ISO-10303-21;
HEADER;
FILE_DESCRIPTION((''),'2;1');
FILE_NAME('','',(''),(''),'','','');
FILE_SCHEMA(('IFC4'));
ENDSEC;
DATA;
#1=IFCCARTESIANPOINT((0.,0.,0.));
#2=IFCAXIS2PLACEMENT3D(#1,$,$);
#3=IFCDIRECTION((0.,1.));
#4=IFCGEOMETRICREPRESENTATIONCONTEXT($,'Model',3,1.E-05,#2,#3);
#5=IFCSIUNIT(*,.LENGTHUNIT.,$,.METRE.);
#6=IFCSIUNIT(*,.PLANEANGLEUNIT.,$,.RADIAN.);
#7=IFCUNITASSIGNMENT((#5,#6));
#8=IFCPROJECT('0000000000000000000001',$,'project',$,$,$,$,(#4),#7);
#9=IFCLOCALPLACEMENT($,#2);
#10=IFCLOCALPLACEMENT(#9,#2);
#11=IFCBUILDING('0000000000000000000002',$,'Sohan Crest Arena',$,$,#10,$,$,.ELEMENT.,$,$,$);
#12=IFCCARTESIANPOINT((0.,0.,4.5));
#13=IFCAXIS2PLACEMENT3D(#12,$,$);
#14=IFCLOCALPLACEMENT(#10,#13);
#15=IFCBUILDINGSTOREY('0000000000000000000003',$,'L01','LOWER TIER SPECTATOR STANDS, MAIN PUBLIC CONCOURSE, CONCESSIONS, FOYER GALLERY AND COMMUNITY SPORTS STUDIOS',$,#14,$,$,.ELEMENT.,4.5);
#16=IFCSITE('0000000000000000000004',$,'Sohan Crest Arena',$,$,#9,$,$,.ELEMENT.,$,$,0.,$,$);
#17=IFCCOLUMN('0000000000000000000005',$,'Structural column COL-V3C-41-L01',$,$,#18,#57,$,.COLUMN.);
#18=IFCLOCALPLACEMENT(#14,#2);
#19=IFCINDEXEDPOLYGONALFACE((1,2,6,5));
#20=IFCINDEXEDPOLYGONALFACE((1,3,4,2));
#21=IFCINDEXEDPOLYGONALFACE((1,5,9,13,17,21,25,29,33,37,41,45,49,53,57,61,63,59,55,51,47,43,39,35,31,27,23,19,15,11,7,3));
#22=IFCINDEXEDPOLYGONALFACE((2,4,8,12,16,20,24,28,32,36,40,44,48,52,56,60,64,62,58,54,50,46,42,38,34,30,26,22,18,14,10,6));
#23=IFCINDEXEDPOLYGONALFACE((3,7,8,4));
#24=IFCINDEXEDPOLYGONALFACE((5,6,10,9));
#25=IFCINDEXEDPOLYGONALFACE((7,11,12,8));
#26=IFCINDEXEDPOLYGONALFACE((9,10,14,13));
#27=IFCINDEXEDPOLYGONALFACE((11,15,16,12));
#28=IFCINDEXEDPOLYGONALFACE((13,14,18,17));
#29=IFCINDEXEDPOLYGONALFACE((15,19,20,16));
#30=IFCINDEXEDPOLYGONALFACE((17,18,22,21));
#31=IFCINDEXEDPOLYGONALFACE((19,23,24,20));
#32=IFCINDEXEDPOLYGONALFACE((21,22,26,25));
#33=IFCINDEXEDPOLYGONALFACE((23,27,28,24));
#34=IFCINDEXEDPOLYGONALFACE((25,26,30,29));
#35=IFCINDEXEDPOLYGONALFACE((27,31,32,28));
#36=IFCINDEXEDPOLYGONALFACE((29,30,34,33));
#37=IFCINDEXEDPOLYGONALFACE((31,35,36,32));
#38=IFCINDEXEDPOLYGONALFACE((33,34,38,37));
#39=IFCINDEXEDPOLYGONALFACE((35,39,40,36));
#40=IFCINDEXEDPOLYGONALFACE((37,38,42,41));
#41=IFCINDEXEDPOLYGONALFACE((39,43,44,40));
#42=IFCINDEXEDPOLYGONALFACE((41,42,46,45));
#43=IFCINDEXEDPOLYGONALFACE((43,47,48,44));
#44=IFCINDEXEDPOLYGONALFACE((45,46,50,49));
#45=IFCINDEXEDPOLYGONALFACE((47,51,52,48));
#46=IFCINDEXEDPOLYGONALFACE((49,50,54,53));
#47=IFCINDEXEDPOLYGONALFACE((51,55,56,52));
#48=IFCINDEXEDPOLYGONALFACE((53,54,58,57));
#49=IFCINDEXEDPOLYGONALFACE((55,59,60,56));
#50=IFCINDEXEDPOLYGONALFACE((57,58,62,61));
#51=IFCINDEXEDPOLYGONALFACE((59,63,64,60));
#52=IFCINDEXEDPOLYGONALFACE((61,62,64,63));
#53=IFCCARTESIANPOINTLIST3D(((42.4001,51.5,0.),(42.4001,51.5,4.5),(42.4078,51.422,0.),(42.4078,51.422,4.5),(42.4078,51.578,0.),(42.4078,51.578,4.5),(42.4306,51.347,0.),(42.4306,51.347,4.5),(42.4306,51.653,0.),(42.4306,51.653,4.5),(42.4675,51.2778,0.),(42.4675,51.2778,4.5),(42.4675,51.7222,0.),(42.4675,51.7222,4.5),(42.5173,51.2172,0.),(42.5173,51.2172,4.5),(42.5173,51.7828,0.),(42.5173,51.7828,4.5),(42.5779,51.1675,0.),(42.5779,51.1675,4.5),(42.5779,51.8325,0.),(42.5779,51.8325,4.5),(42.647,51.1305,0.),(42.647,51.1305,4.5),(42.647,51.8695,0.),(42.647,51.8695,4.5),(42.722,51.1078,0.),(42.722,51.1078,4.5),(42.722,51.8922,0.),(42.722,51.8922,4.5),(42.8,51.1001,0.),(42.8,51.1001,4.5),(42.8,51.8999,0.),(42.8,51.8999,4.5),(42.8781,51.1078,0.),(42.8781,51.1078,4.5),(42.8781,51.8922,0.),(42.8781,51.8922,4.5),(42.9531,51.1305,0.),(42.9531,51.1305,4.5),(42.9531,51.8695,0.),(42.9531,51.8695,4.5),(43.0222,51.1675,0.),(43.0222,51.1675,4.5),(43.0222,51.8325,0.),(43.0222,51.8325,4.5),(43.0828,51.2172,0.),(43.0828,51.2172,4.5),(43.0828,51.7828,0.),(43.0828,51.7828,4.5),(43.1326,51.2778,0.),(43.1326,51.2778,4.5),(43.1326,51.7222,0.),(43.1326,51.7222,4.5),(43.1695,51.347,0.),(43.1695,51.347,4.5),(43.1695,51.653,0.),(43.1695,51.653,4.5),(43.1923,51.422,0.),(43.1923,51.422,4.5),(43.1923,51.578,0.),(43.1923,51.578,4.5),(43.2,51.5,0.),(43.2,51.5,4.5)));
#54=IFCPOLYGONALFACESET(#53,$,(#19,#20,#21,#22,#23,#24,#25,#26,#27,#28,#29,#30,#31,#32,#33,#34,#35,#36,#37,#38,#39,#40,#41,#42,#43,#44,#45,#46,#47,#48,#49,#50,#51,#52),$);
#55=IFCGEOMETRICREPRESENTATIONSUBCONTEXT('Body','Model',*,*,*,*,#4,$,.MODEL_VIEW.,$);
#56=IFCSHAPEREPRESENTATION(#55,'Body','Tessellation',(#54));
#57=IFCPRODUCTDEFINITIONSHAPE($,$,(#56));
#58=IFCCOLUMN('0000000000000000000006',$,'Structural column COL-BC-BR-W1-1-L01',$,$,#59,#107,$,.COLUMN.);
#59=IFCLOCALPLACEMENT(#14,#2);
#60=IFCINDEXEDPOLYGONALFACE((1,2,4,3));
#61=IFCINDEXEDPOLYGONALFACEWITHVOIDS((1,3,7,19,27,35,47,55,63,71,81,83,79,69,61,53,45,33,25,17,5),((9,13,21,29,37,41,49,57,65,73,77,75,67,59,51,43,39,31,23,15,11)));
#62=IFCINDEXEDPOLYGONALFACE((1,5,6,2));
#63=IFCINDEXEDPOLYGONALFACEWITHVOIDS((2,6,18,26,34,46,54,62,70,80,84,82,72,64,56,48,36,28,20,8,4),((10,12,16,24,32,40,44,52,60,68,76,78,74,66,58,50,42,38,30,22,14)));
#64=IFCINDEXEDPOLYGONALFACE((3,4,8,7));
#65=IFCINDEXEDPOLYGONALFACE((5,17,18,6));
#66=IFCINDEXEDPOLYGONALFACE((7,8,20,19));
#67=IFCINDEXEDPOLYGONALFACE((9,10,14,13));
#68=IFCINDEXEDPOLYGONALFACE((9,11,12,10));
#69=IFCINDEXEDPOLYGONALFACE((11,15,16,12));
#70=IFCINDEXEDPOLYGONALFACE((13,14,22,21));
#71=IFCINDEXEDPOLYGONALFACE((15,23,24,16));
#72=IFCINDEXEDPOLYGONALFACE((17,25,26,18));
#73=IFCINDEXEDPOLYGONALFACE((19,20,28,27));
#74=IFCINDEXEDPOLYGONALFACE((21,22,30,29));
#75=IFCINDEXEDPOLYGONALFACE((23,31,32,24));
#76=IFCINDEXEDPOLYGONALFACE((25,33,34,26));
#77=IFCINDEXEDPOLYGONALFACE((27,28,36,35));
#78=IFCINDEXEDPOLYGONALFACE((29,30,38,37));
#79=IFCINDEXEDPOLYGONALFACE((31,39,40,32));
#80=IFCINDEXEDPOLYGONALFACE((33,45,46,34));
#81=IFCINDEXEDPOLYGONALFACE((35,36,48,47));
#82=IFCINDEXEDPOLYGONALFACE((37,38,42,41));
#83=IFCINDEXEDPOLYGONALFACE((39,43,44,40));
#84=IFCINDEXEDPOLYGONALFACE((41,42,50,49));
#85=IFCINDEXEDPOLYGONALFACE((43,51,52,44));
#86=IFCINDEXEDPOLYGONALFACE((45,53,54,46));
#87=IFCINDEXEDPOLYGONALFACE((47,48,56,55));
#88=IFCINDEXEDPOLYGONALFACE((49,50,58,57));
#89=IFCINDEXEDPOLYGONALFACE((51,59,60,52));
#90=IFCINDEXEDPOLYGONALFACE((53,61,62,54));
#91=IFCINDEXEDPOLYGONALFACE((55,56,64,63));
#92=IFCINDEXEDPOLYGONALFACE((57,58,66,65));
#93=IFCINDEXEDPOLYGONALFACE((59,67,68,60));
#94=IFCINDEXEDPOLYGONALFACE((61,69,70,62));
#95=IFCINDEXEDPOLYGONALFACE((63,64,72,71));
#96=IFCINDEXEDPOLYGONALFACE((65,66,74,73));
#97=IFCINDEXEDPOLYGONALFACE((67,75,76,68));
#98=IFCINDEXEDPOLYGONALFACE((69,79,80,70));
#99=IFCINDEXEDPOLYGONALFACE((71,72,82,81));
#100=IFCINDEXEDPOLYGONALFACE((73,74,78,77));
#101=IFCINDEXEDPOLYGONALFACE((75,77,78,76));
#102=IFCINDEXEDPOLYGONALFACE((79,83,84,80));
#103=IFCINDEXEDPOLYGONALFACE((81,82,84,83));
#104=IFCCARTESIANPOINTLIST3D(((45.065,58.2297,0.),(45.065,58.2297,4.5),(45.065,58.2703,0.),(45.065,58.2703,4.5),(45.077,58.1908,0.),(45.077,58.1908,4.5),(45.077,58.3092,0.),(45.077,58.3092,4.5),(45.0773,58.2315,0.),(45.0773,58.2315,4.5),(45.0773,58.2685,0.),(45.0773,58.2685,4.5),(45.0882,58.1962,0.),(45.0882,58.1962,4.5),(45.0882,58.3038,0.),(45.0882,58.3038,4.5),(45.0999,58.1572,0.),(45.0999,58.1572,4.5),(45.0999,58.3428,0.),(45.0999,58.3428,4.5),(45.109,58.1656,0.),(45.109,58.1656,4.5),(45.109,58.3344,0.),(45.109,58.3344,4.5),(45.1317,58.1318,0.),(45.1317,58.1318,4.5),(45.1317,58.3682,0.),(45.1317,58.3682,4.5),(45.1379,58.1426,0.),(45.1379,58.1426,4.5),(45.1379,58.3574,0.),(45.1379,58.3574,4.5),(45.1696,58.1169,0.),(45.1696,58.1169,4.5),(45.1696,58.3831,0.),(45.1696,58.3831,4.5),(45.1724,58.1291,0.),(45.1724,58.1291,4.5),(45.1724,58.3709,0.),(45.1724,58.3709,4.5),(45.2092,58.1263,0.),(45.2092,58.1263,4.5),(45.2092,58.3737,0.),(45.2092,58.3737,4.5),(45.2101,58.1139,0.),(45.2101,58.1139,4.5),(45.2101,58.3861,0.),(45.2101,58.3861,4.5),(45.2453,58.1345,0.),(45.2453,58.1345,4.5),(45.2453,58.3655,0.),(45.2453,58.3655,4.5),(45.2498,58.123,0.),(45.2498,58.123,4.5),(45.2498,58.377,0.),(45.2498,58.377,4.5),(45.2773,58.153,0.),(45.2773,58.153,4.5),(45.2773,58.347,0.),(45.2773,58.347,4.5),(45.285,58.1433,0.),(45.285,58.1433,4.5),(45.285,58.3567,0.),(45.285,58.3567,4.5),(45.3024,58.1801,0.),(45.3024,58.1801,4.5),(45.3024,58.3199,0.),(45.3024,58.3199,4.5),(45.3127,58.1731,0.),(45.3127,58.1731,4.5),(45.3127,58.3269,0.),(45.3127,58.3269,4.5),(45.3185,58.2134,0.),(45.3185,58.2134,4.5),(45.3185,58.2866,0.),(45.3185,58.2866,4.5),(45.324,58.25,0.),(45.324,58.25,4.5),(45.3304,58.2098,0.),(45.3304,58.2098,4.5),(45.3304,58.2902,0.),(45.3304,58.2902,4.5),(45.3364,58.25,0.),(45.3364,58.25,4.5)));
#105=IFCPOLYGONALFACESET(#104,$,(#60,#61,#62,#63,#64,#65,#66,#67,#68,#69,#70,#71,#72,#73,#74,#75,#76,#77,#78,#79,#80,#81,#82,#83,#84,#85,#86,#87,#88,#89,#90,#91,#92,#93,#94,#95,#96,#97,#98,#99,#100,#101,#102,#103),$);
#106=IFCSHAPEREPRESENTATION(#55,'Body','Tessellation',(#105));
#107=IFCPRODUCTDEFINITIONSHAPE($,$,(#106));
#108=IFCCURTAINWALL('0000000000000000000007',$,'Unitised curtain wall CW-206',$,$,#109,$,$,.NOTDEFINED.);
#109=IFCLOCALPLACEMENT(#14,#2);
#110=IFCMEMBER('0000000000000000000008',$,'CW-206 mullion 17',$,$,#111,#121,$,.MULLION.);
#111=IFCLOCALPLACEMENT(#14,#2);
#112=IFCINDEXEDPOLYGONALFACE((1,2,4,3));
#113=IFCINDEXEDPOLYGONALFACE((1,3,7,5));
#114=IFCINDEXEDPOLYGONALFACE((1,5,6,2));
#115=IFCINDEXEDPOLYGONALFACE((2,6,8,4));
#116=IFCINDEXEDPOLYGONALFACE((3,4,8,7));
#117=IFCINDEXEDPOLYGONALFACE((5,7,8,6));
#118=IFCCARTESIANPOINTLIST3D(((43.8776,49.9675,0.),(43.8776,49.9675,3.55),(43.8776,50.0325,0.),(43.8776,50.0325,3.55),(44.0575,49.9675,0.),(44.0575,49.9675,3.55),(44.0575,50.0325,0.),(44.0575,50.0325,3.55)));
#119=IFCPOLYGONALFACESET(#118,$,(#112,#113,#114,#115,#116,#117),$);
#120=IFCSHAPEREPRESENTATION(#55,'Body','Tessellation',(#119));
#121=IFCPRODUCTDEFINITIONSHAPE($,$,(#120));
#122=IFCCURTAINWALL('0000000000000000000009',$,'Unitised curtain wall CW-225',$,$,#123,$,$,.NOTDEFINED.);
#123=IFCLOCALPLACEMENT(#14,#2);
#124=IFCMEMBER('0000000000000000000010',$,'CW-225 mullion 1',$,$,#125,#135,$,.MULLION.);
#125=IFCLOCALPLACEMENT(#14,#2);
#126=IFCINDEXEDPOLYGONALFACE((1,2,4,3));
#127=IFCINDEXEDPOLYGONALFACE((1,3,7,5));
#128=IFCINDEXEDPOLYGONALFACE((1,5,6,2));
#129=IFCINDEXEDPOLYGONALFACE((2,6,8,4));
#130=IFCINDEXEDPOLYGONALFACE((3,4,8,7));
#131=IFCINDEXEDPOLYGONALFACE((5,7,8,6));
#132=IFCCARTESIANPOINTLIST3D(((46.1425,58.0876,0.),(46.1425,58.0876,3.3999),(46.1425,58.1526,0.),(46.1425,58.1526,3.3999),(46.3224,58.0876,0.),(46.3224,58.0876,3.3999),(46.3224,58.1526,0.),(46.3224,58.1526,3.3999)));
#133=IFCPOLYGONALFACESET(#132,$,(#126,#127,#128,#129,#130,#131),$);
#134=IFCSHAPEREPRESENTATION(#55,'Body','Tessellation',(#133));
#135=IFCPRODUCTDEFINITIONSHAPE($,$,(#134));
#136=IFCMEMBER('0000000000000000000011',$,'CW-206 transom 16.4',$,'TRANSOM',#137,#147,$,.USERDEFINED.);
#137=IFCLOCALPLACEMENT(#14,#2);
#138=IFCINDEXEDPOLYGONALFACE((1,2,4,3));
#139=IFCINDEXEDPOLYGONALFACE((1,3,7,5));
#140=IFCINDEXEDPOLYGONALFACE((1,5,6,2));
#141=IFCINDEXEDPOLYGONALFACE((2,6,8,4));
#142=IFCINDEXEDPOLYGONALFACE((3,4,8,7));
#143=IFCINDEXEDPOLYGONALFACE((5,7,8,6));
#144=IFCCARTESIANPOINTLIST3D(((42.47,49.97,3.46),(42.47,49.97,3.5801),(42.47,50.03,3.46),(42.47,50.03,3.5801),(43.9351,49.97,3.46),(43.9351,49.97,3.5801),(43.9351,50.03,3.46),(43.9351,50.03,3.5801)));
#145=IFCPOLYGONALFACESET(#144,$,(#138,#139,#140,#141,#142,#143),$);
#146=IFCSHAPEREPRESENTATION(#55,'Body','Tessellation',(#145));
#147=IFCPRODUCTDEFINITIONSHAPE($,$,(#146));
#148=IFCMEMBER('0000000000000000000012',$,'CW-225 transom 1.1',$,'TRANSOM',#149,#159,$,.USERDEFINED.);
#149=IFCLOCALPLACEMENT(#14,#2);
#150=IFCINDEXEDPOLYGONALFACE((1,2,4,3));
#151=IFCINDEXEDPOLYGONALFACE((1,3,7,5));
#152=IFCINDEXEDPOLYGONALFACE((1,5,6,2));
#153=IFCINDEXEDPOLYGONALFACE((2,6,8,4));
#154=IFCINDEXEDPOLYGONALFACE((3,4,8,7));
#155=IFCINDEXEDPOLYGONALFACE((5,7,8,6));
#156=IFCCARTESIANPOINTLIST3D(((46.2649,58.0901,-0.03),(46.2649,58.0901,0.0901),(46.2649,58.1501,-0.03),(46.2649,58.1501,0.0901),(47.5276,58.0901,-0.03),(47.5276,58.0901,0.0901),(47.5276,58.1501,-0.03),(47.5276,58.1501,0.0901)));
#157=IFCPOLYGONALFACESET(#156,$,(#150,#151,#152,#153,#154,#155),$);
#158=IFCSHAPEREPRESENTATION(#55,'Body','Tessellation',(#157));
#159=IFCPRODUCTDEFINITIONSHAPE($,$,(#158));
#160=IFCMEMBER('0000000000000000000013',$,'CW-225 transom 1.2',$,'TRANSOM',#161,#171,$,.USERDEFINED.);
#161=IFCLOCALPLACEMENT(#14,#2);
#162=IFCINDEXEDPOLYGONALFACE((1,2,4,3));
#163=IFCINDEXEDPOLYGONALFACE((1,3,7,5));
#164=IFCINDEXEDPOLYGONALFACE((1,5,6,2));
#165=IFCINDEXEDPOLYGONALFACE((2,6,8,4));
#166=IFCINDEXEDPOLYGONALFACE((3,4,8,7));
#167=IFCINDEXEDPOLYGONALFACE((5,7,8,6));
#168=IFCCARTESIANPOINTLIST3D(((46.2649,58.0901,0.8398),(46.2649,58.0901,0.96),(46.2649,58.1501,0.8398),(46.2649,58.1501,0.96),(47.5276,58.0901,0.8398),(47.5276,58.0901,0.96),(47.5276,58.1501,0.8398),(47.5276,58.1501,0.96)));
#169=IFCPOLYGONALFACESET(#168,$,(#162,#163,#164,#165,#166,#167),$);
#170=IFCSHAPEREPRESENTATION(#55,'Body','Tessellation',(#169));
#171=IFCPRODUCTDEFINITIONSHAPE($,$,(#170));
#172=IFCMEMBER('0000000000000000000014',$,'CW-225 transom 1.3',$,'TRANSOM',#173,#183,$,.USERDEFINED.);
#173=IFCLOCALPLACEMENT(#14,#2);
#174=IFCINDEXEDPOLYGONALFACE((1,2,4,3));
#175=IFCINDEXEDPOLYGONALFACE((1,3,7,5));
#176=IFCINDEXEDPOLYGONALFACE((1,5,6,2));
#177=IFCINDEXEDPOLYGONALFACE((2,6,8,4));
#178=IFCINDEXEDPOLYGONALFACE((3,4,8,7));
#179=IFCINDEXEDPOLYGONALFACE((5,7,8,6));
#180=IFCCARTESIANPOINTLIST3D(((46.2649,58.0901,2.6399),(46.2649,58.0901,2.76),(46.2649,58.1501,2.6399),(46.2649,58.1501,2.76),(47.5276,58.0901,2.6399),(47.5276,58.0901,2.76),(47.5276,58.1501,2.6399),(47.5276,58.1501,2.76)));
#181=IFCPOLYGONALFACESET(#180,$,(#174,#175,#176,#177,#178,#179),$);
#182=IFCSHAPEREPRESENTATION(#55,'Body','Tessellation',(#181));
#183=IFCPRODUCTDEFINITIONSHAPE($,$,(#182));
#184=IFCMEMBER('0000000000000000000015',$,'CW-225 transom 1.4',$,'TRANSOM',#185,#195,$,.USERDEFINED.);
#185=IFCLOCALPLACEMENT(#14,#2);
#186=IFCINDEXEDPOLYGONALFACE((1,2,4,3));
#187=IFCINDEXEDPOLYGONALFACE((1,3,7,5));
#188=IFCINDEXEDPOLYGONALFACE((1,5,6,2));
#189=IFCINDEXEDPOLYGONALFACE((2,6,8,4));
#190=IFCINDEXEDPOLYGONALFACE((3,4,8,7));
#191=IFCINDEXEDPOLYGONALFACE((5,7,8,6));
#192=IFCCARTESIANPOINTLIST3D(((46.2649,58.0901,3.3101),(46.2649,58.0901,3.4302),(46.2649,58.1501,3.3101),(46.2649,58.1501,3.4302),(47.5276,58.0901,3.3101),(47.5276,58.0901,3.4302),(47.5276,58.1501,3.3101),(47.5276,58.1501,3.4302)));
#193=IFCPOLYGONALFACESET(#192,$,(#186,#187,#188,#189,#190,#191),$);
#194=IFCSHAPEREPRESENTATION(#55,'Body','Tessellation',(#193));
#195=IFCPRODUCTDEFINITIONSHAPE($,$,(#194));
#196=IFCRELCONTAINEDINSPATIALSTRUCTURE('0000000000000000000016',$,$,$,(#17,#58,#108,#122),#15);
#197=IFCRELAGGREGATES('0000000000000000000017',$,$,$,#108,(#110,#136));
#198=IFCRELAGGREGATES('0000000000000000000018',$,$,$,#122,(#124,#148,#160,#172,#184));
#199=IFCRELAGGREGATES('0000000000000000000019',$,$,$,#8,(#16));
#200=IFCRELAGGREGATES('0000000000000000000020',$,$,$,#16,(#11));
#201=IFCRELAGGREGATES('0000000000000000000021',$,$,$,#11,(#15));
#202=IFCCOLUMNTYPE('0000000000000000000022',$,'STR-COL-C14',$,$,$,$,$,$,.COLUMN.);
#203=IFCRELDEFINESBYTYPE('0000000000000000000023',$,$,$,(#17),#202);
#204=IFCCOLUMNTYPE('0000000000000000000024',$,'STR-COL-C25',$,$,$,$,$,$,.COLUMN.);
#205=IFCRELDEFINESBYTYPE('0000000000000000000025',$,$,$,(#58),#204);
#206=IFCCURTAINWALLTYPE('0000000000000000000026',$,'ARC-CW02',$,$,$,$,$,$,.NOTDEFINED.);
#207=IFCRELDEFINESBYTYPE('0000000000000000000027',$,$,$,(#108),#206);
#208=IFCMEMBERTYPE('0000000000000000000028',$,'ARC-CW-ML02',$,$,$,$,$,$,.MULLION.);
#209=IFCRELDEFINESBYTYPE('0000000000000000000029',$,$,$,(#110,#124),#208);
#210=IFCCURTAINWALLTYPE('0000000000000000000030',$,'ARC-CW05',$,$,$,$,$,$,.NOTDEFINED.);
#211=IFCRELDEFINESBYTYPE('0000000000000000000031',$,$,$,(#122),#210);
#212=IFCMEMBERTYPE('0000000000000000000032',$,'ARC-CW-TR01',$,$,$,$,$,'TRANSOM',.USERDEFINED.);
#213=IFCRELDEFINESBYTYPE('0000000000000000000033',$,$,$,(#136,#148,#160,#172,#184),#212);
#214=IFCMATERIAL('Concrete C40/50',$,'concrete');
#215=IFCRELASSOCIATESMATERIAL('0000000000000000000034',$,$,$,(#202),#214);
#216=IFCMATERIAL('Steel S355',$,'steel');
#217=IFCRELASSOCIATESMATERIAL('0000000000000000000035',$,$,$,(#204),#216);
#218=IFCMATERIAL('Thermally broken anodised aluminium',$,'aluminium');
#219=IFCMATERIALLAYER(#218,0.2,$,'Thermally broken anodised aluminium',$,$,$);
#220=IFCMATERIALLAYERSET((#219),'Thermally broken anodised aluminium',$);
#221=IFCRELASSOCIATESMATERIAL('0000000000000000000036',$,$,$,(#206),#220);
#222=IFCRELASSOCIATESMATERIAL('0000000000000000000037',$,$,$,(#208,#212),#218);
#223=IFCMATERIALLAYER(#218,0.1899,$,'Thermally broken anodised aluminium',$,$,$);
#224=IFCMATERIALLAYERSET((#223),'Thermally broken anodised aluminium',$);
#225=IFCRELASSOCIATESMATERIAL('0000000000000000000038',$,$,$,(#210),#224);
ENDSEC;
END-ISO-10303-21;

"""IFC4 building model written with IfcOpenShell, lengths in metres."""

from ifc_helpers import new_model, si_unit, direction, frame, origin, origin_2d, place, context, subcontext, project, spatial, rectangle, circle, hollow_circle, extrude, material, layer, layer_set, material_profile, profile_set, type_object, element, aggregate, save


model = new_model("IFC4")

# Units and contexts
model_context = context("Model", 3, precision=1e-05, world=origin(), true_north=direction((0.0, 1.0)))
body_context = subcontext(model_context, "Body", "Model", "MODEL_VIEW")
ifc_project = project(units=[si_unit("LENGTHUNIT", "METRE"), si_unit("PLANEANGLEUNIT", "RADIAN")], contexts=[model_context])

# Site, building, storey
site_placement = place(None, origin())
site = spatial("IfcSite", under=ifc_project, at=site_placement, Name="Sohan Crest Arena", CompositionType="ELEMENT", RefElevation=0.0)
building_placement = place(site_placement, origin())
building = spatial("IfcBuilding", under=site, at=building_placement, Name="Sohan Crest Arena", CompositionType="ELEMENT")
storey_placement = place(building_placement, frame((0.0, 0.0, 4.5)))
storey = spatial("IfcBuildingStorey", under=building, at=storey_placement, Name="L01", Description="LOWER TIER SPECTATOR STANDS, MAIN PUBLIC CONCOURSE, CONCESSIONS, FOYER GALLERY AND COMMUNITY SPORTS STUDIOS", CompositionType="ELEMENT", Elevation=4.5)

# Columns
ifc_material_1 = material(Name="Concrete C40/50", Category="concrete")
ifc_material_profile_1 = material_profile(ifc_material_1, circle(Radius=0.3999, at=origin_2d()), Name="RC D800")
ifc_profile_set_1 = profile_set([ifc_material_profile_1], Name="Concrete C40/50")
column_type_1 = type_object("IfcColumnType", Name="STR-COL-C14", PredefinedType="COLUMN", material=ifc_profile_set_1)
column_1_placement = place(storey_placement, frame((42.8, 51.5, 0.0), z_axis=(0.0, 0.0, 1.0), x_axis=(1.0, 0.0, 0.0)))
element("IfcColumn", 1, at=column_1_placement, inside=storey, type_object=column_type_1, Name="Structural column COL-V3C-41-L01", PredefinedType="COLUMN", context=body_context, shape_type="SweptSolid", body=[
    extrude(circle(Radius=0.3999, at=origin_2d()), origin(), (0.0, 0.0, 1.0), 4.5),
])
ifc_material_2 = material(Name="Steel S355", Category="steel")
ifc_material_profile_2 = material_profile(ifc_material_2, hollow_circle(Radius=0.1365, WallThickness=0.0125, at=origin_2d()), Name="CHS 273x12.5")
ifc_profile_set_2 = profile_set([ifc_material_profile_2], Name="Steel S355")
column_type_2 = type_object("IfcColumnType", Name="STR-COL-C25", PredefinedType="COLUMN", material=ifc_profile_set_2)
column_2_placement = place(storey_placement, frame((45.2, 58.25, 0.0), z_axis=(0.0, 0.0, 1.0), x_axis=(1.0, 0.0, 0.0)))
element("IfcColumn", 2, at=column_2_placement, inside=storey, type_object=column_type_2, Name="Structural column COL-BC-BR-W1-1-L01", PredefinedType="COLUMN", context=body_context, shape_type="SweptSolid", body=[
    extrude(hollow_circle(Radius=0.1365, WallThickness=0.0125, at=origin_2d()), origin(), (0.0, 0.0, 1.0), 4.5),
])

# Curtain walls, members
ifc_material_3 = material(Name="Thermally broken anodised aluminium", Category="aluminium")
ifc_layer_1 = layer(ifc_material_3, 0.2, Name="Thermally broken anodised aluminium")
ifc_layer_set_1 = layer_set([ifc_layer_1], Name="Thermally broken anodised aluminium")
curtain_wall_type_1 = type_object("IfcCurtainWallType", Name="ARC-CW02", PredefinedType="NOTDEFINED", material=ifc_layer_set_1)
curtain_wall_1_placement = place(storey_placement, origin())
curtain_wall_1 = element("IfcCurtainWall", 3, at=curtain_wall_1_placement, inside=storey, type_object=curtain_wall_type_1, Name="Unitised curtain wall CW-206", PredefinedType="NOTDEFINED")
ifc_material_profile_3 = material_profile(ifc_material_3, rectangle(XDim=0.0649, YDim=0.1799, at=origin_2d()), Name="ALU-MULL 65x180")
ifc_profile_set_3 = profile_set([ifc_material_profile_3], Name="Thermally broken anodised aluminium")
member_type_1 = type_object("IfcMemberType", Name="ARC-CW-ML02", PredefinedType="MULLION", material=ifc_profile_set_3)
member_1_placement = place(storey_placement, frame((43.9675, 50.0, 0.0), z_axis=(0.0, 0.0, 1.0), x_axis=(0.0, 1.0, 0.0)))
member_1 = element("IfcMember", 4, at=member_1_placement, type_object=member_type_1, Name="CW-206 mullion 17", PredefinedType="MULLION", context=body_context, shape_type="SweptSolid", body=[
    extrude(rectangle(XDim=0.0649, YDim=0.1799, at=origin_2d()), origin(), (0.0, 0.0, 1.0), 3.55),
])
ifc_layer_2 = layer(ifc_material_3, 0.1899, Name="Thermally broken anodised aluminium")
ifc_layer_set_2 = layer_set([ifc_layer_2], Name="Thermally broken anodised aluminium")
curtain_wall_type_2 = type_object("IfcCurtainWallType", Name="ARC-CW05", PredefinedType="NOTDEFINED", material=ifc_layer_set_2)
curtain_wall_2_placement = place(storey_placement, origin())
curtain_wall_2 = element("IfcCurtainWall", 5, at=curtain_wall_2_placement, inside=storey, type_object=curtain_wall_type_2, Name="Unitised curtain wall CW-225", PredefinedType="NOTDEFINED")
member_2_placement = place(storey_placement, frame((46.2324, 58.1201, 0.0), z_axis=(0.0, 0.0, 1.0), x_axis=(0.0, 1.0, 0.0)))
member_2 = element("IfcMember", 6, at=member_2_placement, type_object=member_type_1, Name="CW-225 mullion 1", PredefinedType="MULLION", context=body_context, shape_type="SweptSolid", body=[
    extrude(rectangle(XDim=0.0649, YDim=0.1799, at=origin_2d()), origin(), (0.0, 0.0, 1.0), 3.3999),
])

# Members
ifc_material_profile_4 = material_profile(ifc_material_3, rectangle(XDim=0.0601, YDim=0.1201, at=origin_2d()), Name="ALU-TRAN 60x120")
ifc_profile_set_4 = profile_set([ifc_material_profile_4], Name="Thermally broken anodised aluminium")
member_type_2 = type_object("IfcMemberType", Name="ARC-CW-TR01", ElementType="TRANSOM", PredefinedType="USERDEFINED", material=ifc_profile_set_4)
member_3_placement = place(storey_placement, frame((42.47, 50.0, 3.52), z_axis=(1.0, 0.0, 0.0), x_axis=(0.0, 1.0, 0.0)))
member_3 = element("IfcMember", 7, at=member_3_placement, type_object=member_type_2, Name="CW-206 transom 16.4", ObjectType="TRANSOM", PredefinedType="USERDEFINED", context=body_context, shape_type="SweptSolid", body=[
    extrude(rectangle(XDim=0.0601, YDim=0.1201, at=origin_2d()), origin(), (0.0, 0.0, 1.0), 1.4651),
])
member_4_placement = place(storey_placement, frame((46.2649, 58.1201, 0.03), z_axis=(1.0, 0.0, 0.0), x_axis=(0.0, 1.0, 0.0)))
member_4 = element("IfcMember", 8, at=member_4_placement, type_object=member_type_2, Name="CW-225 transom 1.1", ObjectType="TRANSOM", PredefinedType="USERDEFINED", context=body_context, shape_type="SweptSolid", body=[
    extrude(rectangle(XDim=0.0601, YDim=0.1201, at=origin_2d()), origin(), (0.0, 0.0, 1.0), 1.2627),
])
member_5_placement = place(storey_placement, frame((46.2649, 58.1201, 0.8999), z_axis=(1.0, 0.0, 0.0), x_axis=(0.0, 1.0, 0.0)))
member_5 = element("IfcMember", 9, at=member_5_placement, type_object=member_type_2, Name="CW-225 transom 1.2", ObjectType="TRANSOM", PredefinedType="USERDEFINED", context=body_context, shape_type="SweptSolid", body=[
    extrude(rectangle(XDim=0.0601, YDim=0.1201, at=origin_2d()), origin(), (0.0, 0.0, 1.0), 1.2627),
])
member_6_placement = place(storey_placement, frame((46.2649, 58.1201, 2.7), z_axis=(1.0, 0.0, 0.0), x_axis=(0.0, 1.0, 0.0)))
member_6 = element("IfcMember", 10, at=member_6_placement, type_object=member_type_2, Name="CW-225 transom 1.3", ObjectType="TRANSOM", PredefinedType="USERDEFINED", context=body_context, shape_type="SweptSolid", body=[
    extrude(rectangle(XDim=0.0601, YDim=0.1201, at=origin_2d()), origin(), (0.0, 0.0, 1.0), 1.2627),
])
member_7_placement = place(storey_placement, frame((46.2649, 58.1201, 3.3701), z_axis=(1.0, 0.0, 0.0), x_axis=(0.0, 1.0, 0.0)))
member_7 = element("IfcMember", 11, at=member_7_placement, type_object=member_type_2, Name="CW-225 transom 1.4", ObjectType="TRANSOM", PredefinedType="USERDEFINED", context=body_context, shape_type="SweptSolid", body=[
    extrude(rectangle(XDim=0.0601, YDim=0.1201, at=origin_2d()), origin(), (0.0, 0.0, 1.0), 1.2627),
])

aggregate(curtain_wall_1, [member_1, member_3])
aggregate(curtain_wall_2, [member_2, member_4, member_5, member_6, member_7])

save(model, "model.ifc")
